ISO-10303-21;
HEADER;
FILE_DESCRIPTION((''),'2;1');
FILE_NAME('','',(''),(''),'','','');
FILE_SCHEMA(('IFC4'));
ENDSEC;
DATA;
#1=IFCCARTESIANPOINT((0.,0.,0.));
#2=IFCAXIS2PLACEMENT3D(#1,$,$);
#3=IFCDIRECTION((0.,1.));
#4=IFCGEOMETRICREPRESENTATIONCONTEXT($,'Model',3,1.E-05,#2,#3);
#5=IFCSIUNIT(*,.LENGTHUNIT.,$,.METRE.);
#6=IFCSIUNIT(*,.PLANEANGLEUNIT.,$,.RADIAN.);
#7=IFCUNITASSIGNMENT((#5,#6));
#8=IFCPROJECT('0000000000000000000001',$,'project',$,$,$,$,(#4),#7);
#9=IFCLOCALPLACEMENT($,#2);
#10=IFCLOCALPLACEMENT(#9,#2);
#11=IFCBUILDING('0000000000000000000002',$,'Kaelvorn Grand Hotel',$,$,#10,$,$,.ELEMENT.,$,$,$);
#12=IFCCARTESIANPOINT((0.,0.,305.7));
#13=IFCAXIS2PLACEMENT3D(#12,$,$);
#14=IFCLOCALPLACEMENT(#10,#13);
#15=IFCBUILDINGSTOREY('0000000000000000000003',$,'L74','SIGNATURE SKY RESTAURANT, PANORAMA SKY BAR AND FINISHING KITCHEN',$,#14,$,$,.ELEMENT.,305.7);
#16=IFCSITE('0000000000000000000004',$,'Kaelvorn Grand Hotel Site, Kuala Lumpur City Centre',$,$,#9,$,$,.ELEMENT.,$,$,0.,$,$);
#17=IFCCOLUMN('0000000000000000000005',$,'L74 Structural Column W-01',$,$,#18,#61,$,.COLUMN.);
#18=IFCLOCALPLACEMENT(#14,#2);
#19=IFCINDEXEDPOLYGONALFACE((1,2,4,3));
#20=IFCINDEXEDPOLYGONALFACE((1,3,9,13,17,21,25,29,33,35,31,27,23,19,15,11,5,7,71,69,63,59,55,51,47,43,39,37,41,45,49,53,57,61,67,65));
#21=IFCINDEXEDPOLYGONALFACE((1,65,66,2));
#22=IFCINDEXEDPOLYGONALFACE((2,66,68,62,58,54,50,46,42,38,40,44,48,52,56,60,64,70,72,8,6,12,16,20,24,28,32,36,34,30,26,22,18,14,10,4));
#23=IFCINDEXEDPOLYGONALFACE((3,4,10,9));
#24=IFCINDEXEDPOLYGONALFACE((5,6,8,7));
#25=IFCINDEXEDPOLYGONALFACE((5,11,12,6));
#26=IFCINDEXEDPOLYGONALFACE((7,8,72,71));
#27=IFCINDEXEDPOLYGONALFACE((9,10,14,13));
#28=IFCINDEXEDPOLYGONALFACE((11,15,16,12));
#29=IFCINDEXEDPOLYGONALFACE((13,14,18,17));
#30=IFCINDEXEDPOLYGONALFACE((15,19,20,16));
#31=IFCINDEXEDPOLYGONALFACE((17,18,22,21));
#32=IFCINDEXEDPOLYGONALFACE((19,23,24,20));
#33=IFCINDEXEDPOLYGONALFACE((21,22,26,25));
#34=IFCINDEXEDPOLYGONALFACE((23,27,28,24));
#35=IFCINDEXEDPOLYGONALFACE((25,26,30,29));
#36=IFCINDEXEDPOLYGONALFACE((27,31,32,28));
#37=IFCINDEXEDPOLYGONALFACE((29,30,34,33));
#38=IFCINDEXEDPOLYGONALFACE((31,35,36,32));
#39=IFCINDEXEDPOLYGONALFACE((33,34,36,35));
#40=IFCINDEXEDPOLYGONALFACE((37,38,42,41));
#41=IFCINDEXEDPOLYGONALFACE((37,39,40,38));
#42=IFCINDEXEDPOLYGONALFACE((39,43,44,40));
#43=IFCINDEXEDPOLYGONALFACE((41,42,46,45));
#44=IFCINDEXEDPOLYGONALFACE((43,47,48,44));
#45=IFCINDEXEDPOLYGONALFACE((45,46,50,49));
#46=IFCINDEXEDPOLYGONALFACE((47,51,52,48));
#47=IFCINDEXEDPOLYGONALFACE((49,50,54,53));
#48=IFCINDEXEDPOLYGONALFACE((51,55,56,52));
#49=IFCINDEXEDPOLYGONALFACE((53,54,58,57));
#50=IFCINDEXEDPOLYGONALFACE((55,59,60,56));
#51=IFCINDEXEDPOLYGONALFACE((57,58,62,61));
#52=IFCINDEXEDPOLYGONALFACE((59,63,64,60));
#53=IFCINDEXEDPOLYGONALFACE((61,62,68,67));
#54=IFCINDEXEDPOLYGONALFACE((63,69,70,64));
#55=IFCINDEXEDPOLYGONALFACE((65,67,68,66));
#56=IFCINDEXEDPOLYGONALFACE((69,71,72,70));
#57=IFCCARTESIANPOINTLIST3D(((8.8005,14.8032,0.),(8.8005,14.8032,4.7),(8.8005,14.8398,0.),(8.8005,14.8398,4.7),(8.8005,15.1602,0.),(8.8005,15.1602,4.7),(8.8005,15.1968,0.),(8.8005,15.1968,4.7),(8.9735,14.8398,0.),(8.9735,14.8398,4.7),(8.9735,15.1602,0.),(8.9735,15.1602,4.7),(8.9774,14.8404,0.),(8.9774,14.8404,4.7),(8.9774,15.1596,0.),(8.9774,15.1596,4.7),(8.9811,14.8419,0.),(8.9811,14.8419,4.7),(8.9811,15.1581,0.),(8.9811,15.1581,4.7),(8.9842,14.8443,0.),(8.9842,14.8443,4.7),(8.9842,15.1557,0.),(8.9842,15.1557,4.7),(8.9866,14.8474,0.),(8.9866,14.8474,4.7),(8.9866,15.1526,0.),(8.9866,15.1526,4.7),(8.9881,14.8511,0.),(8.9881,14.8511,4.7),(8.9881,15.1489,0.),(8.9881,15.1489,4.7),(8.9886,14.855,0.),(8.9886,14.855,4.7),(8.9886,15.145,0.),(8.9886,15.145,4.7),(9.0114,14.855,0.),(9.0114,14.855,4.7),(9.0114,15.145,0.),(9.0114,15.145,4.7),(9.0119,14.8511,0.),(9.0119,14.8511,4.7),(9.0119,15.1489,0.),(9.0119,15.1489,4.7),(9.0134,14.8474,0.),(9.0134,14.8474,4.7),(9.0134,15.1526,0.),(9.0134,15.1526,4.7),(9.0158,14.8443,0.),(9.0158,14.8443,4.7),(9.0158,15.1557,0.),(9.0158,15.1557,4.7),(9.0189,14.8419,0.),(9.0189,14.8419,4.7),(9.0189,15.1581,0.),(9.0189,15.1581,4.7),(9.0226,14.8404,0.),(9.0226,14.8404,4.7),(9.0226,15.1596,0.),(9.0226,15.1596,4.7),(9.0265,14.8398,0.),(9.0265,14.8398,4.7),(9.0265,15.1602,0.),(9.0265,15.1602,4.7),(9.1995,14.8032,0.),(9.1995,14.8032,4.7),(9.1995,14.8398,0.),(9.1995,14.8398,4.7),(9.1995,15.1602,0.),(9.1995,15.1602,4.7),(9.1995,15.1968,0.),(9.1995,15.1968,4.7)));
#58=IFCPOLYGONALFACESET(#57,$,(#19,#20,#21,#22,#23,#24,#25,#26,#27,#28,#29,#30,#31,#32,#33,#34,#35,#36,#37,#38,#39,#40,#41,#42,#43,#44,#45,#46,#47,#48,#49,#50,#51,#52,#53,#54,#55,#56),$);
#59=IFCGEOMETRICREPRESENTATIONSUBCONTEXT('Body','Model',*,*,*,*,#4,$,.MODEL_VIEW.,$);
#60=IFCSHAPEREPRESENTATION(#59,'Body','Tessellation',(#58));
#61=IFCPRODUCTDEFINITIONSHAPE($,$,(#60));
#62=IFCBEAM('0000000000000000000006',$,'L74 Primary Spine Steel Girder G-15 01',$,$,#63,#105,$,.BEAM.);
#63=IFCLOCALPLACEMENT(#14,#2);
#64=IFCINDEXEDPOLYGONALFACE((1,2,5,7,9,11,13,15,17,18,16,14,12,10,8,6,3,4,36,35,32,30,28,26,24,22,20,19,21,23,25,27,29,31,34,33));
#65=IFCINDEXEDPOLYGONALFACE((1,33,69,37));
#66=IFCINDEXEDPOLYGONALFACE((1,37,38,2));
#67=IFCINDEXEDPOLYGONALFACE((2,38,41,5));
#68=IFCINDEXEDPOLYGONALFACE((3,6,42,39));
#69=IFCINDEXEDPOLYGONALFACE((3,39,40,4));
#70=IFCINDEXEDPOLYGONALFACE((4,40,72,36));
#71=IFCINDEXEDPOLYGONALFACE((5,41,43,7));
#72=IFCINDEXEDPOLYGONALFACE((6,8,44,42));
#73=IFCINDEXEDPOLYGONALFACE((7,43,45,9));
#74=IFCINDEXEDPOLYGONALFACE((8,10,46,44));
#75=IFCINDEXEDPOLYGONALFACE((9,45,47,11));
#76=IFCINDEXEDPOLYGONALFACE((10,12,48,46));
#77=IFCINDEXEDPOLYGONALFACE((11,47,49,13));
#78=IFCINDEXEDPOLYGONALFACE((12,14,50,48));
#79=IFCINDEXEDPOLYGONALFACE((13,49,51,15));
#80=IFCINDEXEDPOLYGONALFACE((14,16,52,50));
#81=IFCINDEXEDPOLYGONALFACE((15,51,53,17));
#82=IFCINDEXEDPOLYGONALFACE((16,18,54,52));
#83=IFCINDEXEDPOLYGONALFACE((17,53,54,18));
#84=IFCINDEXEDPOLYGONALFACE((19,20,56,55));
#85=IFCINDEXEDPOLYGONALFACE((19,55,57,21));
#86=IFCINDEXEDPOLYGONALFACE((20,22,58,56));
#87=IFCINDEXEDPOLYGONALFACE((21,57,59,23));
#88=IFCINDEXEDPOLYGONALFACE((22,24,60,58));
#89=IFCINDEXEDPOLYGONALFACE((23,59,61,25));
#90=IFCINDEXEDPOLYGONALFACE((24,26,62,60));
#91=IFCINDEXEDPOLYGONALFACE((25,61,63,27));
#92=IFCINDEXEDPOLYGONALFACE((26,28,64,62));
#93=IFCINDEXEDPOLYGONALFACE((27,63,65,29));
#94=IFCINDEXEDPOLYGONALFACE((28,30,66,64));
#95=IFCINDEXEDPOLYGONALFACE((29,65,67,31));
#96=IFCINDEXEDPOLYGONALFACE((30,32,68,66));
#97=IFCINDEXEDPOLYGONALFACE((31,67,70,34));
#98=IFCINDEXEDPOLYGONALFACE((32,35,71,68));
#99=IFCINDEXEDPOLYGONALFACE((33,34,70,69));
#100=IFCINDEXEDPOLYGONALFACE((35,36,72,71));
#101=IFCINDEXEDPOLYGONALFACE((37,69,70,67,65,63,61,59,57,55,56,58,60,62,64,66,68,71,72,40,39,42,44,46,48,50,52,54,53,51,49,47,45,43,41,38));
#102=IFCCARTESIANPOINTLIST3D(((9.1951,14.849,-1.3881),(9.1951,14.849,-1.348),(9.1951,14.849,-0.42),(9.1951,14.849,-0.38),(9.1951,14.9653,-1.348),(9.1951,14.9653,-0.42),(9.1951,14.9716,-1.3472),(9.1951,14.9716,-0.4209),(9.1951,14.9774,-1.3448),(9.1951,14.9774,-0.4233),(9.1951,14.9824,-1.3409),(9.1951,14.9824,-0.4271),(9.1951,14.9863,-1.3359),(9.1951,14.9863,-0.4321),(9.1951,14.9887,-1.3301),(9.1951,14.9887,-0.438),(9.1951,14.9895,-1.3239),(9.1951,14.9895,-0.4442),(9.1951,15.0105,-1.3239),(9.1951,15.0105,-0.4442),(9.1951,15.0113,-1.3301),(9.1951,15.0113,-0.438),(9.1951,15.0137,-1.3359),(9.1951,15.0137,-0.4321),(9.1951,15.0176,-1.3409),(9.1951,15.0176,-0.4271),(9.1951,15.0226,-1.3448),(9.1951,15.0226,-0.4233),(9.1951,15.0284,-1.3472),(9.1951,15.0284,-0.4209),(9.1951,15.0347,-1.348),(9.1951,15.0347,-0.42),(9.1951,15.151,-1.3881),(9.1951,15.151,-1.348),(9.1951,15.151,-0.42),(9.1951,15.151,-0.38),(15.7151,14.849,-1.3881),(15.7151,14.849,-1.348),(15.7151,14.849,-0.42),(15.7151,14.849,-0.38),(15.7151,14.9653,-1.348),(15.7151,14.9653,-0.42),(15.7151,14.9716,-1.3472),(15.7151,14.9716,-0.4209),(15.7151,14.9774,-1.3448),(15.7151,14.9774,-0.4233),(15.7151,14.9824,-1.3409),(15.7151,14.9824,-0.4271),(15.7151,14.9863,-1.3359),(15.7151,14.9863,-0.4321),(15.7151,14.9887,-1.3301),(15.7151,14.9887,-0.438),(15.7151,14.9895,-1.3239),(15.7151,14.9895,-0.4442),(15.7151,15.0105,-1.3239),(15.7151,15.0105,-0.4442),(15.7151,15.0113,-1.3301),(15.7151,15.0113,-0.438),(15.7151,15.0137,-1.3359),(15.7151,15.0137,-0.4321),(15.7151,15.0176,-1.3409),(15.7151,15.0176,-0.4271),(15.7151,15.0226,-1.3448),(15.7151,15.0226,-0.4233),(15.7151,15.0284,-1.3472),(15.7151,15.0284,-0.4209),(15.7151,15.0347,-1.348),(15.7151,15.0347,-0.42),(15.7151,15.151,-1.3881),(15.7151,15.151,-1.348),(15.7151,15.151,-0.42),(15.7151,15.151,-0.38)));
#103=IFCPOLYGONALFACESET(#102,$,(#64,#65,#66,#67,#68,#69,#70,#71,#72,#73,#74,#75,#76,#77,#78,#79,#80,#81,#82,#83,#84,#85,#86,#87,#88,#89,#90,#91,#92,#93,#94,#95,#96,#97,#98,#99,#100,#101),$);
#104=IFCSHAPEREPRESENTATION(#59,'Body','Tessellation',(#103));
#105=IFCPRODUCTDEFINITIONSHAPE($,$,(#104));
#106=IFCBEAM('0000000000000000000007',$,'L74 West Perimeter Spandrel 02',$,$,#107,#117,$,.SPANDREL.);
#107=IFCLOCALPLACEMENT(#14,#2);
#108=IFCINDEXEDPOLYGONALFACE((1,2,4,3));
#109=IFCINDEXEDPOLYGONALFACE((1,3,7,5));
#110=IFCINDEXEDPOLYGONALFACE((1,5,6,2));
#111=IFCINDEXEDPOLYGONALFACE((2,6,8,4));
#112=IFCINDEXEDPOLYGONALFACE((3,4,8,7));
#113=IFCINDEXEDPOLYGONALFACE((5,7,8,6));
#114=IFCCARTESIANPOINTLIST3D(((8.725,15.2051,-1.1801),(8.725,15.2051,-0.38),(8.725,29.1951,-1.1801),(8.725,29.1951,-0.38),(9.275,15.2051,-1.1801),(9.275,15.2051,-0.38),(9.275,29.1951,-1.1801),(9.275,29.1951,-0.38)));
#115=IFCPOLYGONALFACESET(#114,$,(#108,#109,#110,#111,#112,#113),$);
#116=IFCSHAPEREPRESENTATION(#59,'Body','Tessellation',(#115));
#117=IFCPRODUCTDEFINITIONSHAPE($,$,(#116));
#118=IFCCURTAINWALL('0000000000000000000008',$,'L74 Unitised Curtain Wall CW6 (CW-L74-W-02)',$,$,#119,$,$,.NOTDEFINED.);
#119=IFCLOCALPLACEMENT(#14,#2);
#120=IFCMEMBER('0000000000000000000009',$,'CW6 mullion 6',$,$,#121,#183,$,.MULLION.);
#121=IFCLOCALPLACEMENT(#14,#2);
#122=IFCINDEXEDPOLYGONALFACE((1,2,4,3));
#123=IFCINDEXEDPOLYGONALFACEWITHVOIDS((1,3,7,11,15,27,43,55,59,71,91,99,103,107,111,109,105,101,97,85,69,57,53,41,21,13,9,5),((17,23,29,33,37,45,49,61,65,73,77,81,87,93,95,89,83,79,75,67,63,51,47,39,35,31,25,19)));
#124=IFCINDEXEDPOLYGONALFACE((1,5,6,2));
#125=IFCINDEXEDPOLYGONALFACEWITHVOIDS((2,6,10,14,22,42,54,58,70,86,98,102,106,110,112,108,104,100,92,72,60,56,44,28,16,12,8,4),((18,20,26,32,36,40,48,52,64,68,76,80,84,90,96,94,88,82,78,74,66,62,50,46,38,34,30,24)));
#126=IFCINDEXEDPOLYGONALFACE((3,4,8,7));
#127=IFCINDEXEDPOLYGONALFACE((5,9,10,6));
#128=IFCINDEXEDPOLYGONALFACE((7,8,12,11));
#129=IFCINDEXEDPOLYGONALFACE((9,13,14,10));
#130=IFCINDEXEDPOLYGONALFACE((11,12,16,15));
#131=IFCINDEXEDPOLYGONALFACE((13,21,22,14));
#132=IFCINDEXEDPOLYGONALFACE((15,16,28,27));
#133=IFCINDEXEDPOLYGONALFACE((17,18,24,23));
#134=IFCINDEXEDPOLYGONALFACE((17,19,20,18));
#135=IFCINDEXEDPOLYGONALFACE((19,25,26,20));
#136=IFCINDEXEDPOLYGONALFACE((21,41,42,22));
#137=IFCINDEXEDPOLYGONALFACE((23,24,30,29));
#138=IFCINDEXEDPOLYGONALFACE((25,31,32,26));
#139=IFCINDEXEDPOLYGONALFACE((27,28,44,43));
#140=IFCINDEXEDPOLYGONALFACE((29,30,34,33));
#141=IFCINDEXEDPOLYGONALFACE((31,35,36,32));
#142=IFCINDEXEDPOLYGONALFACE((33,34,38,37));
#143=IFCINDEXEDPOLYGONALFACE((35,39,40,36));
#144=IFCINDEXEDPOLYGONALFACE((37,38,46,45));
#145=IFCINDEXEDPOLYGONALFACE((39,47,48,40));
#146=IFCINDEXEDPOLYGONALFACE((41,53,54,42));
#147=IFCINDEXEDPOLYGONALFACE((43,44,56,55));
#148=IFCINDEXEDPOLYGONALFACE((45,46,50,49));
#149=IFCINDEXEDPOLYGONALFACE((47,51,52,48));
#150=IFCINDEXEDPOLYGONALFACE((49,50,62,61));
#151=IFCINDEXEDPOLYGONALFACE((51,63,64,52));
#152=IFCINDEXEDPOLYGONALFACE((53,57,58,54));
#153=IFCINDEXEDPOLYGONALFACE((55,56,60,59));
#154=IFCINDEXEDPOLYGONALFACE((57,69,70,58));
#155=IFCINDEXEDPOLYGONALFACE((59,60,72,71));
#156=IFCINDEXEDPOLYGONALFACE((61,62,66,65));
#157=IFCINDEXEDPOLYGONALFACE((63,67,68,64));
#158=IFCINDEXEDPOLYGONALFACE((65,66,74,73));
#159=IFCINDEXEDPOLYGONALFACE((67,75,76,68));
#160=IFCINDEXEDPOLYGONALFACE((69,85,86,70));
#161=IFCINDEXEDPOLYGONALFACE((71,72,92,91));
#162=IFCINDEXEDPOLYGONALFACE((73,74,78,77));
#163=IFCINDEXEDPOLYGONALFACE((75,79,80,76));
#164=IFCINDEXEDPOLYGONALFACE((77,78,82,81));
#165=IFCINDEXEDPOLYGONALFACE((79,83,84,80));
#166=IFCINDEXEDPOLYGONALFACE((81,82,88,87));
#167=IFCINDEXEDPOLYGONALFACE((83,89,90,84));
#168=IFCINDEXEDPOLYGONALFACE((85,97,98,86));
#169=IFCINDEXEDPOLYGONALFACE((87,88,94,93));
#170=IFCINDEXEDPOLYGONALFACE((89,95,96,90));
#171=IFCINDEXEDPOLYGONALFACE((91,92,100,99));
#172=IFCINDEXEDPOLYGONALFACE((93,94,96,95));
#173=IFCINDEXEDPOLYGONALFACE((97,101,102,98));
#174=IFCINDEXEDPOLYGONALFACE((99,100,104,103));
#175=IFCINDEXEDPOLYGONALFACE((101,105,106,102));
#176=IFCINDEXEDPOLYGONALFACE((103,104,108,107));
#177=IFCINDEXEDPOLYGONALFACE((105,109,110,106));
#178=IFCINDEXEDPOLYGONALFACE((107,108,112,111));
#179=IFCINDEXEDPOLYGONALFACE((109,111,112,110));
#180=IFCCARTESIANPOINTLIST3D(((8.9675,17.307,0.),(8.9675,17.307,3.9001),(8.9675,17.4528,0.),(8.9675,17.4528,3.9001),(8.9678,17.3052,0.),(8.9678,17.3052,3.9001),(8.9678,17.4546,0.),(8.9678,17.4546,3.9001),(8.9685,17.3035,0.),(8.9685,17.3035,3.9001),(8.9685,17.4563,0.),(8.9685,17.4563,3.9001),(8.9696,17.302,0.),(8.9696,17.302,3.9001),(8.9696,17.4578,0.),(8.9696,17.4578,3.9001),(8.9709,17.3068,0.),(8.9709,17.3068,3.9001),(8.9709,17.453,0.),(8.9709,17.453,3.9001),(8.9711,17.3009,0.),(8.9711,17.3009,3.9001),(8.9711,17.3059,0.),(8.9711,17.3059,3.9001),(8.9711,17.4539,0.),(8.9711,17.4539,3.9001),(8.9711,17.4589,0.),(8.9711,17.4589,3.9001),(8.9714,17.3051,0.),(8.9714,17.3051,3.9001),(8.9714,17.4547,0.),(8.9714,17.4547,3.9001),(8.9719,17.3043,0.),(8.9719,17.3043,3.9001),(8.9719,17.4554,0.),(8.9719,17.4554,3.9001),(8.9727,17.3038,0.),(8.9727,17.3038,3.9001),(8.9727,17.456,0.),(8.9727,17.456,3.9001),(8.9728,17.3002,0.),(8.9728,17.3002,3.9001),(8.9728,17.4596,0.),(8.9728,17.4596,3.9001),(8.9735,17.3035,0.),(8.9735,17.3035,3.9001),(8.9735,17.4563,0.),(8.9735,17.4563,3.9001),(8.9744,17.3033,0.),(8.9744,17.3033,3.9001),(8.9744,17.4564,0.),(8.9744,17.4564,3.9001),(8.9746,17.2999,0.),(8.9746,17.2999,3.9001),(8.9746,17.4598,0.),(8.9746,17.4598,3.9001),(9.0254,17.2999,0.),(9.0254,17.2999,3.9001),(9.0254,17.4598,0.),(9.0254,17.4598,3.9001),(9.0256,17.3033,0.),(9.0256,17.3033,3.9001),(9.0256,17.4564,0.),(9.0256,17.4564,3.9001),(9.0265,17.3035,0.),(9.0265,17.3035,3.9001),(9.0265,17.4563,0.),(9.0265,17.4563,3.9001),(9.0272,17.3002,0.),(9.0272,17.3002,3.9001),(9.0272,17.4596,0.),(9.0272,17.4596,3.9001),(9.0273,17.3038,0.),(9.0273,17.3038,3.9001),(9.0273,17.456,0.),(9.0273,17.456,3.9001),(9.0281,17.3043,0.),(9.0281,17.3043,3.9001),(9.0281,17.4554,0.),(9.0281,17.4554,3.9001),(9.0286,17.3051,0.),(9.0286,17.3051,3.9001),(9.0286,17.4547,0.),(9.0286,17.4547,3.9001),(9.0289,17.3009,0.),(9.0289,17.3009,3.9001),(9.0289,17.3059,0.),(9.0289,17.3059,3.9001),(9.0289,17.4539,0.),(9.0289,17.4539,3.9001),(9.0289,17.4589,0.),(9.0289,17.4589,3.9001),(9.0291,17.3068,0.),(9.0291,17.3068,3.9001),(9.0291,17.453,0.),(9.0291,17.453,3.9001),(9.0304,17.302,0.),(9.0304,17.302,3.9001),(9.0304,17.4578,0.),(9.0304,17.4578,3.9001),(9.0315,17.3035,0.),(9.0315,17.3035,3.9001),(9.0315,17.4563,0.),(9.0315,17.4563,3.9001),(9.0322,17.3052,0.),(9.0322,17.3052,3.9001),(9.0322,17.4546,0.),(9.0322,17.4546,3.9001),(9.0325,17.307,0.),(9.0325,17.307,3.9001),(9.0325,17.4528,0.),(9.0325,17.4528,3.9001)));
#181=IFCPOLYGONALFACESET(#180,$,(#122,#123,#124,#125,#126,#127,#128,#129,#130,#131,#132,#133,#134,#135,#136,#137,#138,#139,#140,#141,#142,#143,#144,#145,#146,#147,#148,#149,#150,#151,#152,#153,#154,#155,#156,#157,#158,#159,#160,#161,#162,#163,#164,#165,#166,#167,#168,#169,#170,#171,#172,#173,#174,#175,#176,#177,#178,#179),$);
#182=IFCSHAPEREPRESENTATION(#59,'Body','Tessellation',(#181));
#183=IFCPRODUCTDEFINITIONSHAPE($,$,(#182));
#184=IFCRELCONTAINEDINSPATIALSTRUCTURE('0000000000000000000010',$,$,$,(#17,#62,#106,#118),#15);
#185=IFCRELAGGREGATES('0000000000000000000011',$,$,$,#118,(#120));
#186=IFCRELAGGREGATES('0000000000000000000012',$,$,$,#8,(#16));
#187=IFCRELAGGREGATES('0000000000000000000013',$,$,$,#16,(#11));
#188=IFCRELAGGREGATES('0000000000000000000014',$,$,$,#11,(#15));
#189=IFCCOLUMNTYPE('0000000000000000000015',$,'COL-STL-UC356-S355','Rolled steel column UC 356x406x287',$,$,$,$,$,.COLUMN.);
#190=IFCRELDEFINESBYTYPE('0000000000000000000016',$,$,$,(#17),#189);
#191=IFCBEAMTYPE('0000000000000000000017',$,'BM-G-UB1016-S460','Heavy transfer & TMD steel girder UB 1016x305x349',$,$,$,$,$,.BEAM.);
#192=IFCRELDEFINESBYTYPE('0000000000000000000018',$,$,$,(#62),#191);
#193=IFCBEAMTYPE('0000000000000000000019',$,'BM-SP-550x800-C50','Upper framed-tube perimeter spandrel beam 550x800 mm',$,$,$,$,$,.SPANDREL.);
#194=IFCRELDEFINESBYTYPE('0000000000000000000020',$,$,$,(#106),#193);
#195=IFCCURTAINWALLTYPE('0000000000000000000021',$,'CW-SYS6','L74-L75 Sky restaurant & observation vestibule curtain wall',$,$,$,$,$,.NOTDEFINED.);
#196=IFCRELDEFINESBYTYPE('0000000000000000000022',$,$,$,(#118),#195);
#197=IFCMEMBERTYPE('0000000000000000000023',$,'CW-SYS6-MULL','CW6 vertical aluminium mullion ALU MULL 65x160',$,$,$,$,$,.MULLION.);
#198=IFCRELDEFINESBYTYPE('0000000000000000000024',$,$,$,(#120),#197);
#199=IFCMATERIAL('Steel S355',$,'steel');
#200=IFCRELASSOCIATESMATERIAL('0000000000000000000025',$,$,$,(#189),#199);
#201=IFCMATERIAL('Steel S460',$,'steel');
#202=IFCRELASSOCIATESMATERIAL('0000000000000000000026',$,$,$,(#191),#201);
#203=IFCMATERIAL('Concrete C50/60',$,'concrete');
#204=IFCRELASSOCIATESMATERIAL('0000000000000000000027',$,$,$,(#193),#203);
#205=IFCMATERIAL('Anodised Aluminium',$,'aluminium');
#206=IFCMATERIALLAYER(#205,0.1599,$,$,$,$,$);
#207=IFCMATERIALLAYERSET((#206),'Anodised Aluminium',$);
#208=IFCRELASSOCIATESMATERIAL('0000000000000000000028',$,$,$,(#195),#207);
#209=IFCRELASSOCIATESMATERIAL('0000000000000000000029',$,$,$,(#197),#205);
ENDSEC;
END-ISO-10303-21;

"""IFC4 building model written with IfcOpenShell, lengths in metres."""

from ifc_helpers import new_model, si_unit, direction, frame, origin, origin_2d, place, context, subcontext, project, spatial, rectangle, hollow_rectangle, i_section, extrude, material, layer, layer_set, material_profile, profile_set, type_object, element, aggregate, save


model = new_model("IFC4")

# Units and contexts
model_context = context("Model", 3, precision=1e-05, world=origin(), true_north=direction((0.0, 1.0)))
body_context = subcontext(model_context, "Body", "Model", "MODEL_VIEW")
ifc_project = project(units=[si_unit("LENGTHUNIT", "METRE"), si_unit("PLANEANGLEUNIT", "RADIAN")], contexts=[model_context])

# Site, building, storey
site_placement = place(None, origin())
site = spatial("IfcSite", under=ifc_project, at=site_placement, Name="Kaelvorn Grand Hotel Site, Kuala Lumpur City Centre", CompositionType="ELEMENT", RefElevation=0.0)
building_placement = place(site_placement, origin())
building = spatial("IfcBuilding", under=site, at=building_placement, Name="Kaelvorn Grand Hotel", CompositionType="ELEMENT")
storey_placement = place(building_placement, frame((0.0, 0.0, 305.7)))
storey = spatial("IfcBuildingStorey", under=building, at=storey_placement, Name="L74", Description="SIGNATURE SKY RESTAURANT, PANORAMA SKY BAR AND FINISHING KITCHEN", CompositionType="ELEMENT", Elevation=305.7)

# Column
ifc_material_1 = material(Name="Steel S355", Category="steel")
ifc_material_profile_1 = material_profile(ifc_material_1, i_section(OverallWidth=0.3989, OverallDepth=0.3936, WebThickness=0.0227, FlangeThickness=0.0366, FilletRadius=0.0151, at=origin_2d()), Name="UC 356x406x287")
ifc_profile_set_1 = profile_set([ifc_material_profile_1], Name="Steel S355")
column_type = type_object("IfcColumnType", Name="COL-STL-UC356-S355", Description="Rolled steel column UC 356x406x287", PredefinedType="COLUMN", material=ifc_profile_set_1)
column_placement = place(storey_placement, frame((9.0, 15.0, 0.0), z_axis=(0.0, 0.0, 1.0), x_axis=(1.0, 0.0, 0.0)))
element("IfcColumn", 1, at=column_placement, inside=storey, type_object=column_type, Name="L74 Structural Column W-01", PredefinedType="COLUMN", context=body_context, shape_type="SweptSolid", body=[
    extrude(i_section(OverallWidth=0.3989, OverallDepth=0.3936, WebThickness=0.0227, FlangeThickness=0.0366, FilletRadius=0.0151, at=origin_2d()), origin(), (0.0, 0.0, 1.0), 4.7),
])

# Beams
ifc_material_2 = material(Name="Steel S460", Category="steel")
ifc_material_profile_2 = material_profile(ifc_material_2, i_section(OverallWidth=0.302, OverallDepth=1.0081, WebThickness=0.021, FlangeThickness=0.04, FilletRadius=0.0242, at=origin_2d()), Name="UB 1016x305x349")
ifc_profile_set_2 = profile_set([ifc_material_profile_2], Name="Steel S460")
beam_type_1 = type_object("IfcBeamType", Name="BM-G-UB1016-S460", Description="Heavy transfer & TMD steel girder UB 1016x305x349", PredefinedType="BEAM", material=ifc_profile_set_2)
beam_1_placement = place(storey_placement, frame((9.1951, 15.0, -0.884), z_axis=(1.0, 0.0, 0.0), x_axis=(0.0, 1.0, 0.0)))
element("IfcBeam", 2, at=beam_1_placement, inside=storey, type_object=beam_type_1, Name="L74 Primary Spine Steel Girder G-15 01", PredefinedType="BEAM", context=body_context, shape_type="SweptSolid", body=[
    extrude(i_section(OverallWidth=0.302, OverallDepth=1.0081, WebThickness=0.021, FlangeThickness=0.04, FilletRadius=0.0242, at=origin_2d()), origin(), (0.0, 0.0, 1.0), 6.52),
])
ifc_material_3 = material(Name="Concrete C50/60", Category="concrete")
ifc_material_profile_3 = material_profile(ifc_material_3, rectangle(XDim=0.55, YDim=0.8, at=origin_2d()), Name="RC SPANDREL 550x800")
ifc_profile_set_3 = profile_set([ifc_material_profile_3], Name="Concrete C50/60")
beam_type_2 = type_object("IfcBeamType", Name="BM-SP-550x800-C50", Description="Upper framed-tube perimeter spandrel beam 550x800 mm", PredefinedType="SPANDREL", material=ifc_profile_set_3)
beam_2_placement = place(storey_placement, frame((9.0, 15.2051, -0.78), z_axis=(0.0, 1.0, 0.0), x_axis=(-1.0, 0.0, 0.0)))
element("IfcBeam", 3, at=beam_2_placement, inside=storey, type_object=beam_type_2, Name="L74 West Perimeter Spandrel 02", PredefinedType="SPANDREL", context=body_context, shape_type="SweptSolid", body=[
    extrude(rectangle(XDim=0.55, YDim=0.8, at=origin_2d()), origin(), (0.0, 0.0, 1.0), 13.99),
])

# Curtain wall, member
ifc_material_4 = material(Name="Anodised Aluminium", Category="aluminium")
ifc_layer_1 = layer(ifc_material_4, 0.1599)
ifc_layer_set_1 = layer_set([ifc_layer_1], Name="Anodised Aluminium")
curtain_wall_type = type_object("IfcCurtainWallType", Name="CW-SYS6", Description="L74-L75 Sky restaurant & observation vestibule curtain wall", PredefinedType="NOTDEFINED", material=ifc_layer_set_1)
curtain_wall_1_placement = place(storey_placement, origin())
curtain_wall_1 = element("IfcCurtainWall", 4, at=curtain_wall_1_placement, inside=storey, type_object=curtain_wall_type, Name="L74 Unitised Curtain Wall CW6 (CW-L74-W-02)", PredefinedType="NOTDEFINED")
ifc_material_profile_4 = material_profile(ifc_material_4, hollow_rectangle(XDim=0.0649, YDim=0.1599, WallThickness=0.0034, InnerFilletRadius=0.0034, OuterFilletRadius=0.0071, at=origin_2d()), Name="ALU MULL 65x160")
ifc_profile_set_4 = profile_set([ifc_material_profile_4], Name="Anodised Aluminium")
member_type_1 = type_object("IfcMemberType", Name="CW-SYS6-MULL", Description="CW6 vertical aluminium mullion ALU MULL 65x160", PredefinedType="MULLION", material=ifc_profile_set_4)
member_1_placement = place(storey_placement, frame((9.0, 17.3799, 0.0), z_axis=(0.0, 0.0, 1.0), x_axis=(1.0, 0.0, 0.0)))
member_1 = element("IfcMember", 5, at=member_1_placement, type_object=member_type_1, Name="CW6 mullion 6", PredefinedType="MULLION", context=body_context, shape_type="SweptSolid", body=[
    extrude(hollow_rectangle(XDim=0.0649, YDim=0.1599, WallThickness=0.0034, InnerFilletRadius=0.0034, OuterFilletRadius=0.0071, at=origin_2d()), origin(), (0.0, 0.0, 1.0), 3.9001),
])

aggregate(curtain_wall_1, [member_1])

save(model, "model.ifc")
